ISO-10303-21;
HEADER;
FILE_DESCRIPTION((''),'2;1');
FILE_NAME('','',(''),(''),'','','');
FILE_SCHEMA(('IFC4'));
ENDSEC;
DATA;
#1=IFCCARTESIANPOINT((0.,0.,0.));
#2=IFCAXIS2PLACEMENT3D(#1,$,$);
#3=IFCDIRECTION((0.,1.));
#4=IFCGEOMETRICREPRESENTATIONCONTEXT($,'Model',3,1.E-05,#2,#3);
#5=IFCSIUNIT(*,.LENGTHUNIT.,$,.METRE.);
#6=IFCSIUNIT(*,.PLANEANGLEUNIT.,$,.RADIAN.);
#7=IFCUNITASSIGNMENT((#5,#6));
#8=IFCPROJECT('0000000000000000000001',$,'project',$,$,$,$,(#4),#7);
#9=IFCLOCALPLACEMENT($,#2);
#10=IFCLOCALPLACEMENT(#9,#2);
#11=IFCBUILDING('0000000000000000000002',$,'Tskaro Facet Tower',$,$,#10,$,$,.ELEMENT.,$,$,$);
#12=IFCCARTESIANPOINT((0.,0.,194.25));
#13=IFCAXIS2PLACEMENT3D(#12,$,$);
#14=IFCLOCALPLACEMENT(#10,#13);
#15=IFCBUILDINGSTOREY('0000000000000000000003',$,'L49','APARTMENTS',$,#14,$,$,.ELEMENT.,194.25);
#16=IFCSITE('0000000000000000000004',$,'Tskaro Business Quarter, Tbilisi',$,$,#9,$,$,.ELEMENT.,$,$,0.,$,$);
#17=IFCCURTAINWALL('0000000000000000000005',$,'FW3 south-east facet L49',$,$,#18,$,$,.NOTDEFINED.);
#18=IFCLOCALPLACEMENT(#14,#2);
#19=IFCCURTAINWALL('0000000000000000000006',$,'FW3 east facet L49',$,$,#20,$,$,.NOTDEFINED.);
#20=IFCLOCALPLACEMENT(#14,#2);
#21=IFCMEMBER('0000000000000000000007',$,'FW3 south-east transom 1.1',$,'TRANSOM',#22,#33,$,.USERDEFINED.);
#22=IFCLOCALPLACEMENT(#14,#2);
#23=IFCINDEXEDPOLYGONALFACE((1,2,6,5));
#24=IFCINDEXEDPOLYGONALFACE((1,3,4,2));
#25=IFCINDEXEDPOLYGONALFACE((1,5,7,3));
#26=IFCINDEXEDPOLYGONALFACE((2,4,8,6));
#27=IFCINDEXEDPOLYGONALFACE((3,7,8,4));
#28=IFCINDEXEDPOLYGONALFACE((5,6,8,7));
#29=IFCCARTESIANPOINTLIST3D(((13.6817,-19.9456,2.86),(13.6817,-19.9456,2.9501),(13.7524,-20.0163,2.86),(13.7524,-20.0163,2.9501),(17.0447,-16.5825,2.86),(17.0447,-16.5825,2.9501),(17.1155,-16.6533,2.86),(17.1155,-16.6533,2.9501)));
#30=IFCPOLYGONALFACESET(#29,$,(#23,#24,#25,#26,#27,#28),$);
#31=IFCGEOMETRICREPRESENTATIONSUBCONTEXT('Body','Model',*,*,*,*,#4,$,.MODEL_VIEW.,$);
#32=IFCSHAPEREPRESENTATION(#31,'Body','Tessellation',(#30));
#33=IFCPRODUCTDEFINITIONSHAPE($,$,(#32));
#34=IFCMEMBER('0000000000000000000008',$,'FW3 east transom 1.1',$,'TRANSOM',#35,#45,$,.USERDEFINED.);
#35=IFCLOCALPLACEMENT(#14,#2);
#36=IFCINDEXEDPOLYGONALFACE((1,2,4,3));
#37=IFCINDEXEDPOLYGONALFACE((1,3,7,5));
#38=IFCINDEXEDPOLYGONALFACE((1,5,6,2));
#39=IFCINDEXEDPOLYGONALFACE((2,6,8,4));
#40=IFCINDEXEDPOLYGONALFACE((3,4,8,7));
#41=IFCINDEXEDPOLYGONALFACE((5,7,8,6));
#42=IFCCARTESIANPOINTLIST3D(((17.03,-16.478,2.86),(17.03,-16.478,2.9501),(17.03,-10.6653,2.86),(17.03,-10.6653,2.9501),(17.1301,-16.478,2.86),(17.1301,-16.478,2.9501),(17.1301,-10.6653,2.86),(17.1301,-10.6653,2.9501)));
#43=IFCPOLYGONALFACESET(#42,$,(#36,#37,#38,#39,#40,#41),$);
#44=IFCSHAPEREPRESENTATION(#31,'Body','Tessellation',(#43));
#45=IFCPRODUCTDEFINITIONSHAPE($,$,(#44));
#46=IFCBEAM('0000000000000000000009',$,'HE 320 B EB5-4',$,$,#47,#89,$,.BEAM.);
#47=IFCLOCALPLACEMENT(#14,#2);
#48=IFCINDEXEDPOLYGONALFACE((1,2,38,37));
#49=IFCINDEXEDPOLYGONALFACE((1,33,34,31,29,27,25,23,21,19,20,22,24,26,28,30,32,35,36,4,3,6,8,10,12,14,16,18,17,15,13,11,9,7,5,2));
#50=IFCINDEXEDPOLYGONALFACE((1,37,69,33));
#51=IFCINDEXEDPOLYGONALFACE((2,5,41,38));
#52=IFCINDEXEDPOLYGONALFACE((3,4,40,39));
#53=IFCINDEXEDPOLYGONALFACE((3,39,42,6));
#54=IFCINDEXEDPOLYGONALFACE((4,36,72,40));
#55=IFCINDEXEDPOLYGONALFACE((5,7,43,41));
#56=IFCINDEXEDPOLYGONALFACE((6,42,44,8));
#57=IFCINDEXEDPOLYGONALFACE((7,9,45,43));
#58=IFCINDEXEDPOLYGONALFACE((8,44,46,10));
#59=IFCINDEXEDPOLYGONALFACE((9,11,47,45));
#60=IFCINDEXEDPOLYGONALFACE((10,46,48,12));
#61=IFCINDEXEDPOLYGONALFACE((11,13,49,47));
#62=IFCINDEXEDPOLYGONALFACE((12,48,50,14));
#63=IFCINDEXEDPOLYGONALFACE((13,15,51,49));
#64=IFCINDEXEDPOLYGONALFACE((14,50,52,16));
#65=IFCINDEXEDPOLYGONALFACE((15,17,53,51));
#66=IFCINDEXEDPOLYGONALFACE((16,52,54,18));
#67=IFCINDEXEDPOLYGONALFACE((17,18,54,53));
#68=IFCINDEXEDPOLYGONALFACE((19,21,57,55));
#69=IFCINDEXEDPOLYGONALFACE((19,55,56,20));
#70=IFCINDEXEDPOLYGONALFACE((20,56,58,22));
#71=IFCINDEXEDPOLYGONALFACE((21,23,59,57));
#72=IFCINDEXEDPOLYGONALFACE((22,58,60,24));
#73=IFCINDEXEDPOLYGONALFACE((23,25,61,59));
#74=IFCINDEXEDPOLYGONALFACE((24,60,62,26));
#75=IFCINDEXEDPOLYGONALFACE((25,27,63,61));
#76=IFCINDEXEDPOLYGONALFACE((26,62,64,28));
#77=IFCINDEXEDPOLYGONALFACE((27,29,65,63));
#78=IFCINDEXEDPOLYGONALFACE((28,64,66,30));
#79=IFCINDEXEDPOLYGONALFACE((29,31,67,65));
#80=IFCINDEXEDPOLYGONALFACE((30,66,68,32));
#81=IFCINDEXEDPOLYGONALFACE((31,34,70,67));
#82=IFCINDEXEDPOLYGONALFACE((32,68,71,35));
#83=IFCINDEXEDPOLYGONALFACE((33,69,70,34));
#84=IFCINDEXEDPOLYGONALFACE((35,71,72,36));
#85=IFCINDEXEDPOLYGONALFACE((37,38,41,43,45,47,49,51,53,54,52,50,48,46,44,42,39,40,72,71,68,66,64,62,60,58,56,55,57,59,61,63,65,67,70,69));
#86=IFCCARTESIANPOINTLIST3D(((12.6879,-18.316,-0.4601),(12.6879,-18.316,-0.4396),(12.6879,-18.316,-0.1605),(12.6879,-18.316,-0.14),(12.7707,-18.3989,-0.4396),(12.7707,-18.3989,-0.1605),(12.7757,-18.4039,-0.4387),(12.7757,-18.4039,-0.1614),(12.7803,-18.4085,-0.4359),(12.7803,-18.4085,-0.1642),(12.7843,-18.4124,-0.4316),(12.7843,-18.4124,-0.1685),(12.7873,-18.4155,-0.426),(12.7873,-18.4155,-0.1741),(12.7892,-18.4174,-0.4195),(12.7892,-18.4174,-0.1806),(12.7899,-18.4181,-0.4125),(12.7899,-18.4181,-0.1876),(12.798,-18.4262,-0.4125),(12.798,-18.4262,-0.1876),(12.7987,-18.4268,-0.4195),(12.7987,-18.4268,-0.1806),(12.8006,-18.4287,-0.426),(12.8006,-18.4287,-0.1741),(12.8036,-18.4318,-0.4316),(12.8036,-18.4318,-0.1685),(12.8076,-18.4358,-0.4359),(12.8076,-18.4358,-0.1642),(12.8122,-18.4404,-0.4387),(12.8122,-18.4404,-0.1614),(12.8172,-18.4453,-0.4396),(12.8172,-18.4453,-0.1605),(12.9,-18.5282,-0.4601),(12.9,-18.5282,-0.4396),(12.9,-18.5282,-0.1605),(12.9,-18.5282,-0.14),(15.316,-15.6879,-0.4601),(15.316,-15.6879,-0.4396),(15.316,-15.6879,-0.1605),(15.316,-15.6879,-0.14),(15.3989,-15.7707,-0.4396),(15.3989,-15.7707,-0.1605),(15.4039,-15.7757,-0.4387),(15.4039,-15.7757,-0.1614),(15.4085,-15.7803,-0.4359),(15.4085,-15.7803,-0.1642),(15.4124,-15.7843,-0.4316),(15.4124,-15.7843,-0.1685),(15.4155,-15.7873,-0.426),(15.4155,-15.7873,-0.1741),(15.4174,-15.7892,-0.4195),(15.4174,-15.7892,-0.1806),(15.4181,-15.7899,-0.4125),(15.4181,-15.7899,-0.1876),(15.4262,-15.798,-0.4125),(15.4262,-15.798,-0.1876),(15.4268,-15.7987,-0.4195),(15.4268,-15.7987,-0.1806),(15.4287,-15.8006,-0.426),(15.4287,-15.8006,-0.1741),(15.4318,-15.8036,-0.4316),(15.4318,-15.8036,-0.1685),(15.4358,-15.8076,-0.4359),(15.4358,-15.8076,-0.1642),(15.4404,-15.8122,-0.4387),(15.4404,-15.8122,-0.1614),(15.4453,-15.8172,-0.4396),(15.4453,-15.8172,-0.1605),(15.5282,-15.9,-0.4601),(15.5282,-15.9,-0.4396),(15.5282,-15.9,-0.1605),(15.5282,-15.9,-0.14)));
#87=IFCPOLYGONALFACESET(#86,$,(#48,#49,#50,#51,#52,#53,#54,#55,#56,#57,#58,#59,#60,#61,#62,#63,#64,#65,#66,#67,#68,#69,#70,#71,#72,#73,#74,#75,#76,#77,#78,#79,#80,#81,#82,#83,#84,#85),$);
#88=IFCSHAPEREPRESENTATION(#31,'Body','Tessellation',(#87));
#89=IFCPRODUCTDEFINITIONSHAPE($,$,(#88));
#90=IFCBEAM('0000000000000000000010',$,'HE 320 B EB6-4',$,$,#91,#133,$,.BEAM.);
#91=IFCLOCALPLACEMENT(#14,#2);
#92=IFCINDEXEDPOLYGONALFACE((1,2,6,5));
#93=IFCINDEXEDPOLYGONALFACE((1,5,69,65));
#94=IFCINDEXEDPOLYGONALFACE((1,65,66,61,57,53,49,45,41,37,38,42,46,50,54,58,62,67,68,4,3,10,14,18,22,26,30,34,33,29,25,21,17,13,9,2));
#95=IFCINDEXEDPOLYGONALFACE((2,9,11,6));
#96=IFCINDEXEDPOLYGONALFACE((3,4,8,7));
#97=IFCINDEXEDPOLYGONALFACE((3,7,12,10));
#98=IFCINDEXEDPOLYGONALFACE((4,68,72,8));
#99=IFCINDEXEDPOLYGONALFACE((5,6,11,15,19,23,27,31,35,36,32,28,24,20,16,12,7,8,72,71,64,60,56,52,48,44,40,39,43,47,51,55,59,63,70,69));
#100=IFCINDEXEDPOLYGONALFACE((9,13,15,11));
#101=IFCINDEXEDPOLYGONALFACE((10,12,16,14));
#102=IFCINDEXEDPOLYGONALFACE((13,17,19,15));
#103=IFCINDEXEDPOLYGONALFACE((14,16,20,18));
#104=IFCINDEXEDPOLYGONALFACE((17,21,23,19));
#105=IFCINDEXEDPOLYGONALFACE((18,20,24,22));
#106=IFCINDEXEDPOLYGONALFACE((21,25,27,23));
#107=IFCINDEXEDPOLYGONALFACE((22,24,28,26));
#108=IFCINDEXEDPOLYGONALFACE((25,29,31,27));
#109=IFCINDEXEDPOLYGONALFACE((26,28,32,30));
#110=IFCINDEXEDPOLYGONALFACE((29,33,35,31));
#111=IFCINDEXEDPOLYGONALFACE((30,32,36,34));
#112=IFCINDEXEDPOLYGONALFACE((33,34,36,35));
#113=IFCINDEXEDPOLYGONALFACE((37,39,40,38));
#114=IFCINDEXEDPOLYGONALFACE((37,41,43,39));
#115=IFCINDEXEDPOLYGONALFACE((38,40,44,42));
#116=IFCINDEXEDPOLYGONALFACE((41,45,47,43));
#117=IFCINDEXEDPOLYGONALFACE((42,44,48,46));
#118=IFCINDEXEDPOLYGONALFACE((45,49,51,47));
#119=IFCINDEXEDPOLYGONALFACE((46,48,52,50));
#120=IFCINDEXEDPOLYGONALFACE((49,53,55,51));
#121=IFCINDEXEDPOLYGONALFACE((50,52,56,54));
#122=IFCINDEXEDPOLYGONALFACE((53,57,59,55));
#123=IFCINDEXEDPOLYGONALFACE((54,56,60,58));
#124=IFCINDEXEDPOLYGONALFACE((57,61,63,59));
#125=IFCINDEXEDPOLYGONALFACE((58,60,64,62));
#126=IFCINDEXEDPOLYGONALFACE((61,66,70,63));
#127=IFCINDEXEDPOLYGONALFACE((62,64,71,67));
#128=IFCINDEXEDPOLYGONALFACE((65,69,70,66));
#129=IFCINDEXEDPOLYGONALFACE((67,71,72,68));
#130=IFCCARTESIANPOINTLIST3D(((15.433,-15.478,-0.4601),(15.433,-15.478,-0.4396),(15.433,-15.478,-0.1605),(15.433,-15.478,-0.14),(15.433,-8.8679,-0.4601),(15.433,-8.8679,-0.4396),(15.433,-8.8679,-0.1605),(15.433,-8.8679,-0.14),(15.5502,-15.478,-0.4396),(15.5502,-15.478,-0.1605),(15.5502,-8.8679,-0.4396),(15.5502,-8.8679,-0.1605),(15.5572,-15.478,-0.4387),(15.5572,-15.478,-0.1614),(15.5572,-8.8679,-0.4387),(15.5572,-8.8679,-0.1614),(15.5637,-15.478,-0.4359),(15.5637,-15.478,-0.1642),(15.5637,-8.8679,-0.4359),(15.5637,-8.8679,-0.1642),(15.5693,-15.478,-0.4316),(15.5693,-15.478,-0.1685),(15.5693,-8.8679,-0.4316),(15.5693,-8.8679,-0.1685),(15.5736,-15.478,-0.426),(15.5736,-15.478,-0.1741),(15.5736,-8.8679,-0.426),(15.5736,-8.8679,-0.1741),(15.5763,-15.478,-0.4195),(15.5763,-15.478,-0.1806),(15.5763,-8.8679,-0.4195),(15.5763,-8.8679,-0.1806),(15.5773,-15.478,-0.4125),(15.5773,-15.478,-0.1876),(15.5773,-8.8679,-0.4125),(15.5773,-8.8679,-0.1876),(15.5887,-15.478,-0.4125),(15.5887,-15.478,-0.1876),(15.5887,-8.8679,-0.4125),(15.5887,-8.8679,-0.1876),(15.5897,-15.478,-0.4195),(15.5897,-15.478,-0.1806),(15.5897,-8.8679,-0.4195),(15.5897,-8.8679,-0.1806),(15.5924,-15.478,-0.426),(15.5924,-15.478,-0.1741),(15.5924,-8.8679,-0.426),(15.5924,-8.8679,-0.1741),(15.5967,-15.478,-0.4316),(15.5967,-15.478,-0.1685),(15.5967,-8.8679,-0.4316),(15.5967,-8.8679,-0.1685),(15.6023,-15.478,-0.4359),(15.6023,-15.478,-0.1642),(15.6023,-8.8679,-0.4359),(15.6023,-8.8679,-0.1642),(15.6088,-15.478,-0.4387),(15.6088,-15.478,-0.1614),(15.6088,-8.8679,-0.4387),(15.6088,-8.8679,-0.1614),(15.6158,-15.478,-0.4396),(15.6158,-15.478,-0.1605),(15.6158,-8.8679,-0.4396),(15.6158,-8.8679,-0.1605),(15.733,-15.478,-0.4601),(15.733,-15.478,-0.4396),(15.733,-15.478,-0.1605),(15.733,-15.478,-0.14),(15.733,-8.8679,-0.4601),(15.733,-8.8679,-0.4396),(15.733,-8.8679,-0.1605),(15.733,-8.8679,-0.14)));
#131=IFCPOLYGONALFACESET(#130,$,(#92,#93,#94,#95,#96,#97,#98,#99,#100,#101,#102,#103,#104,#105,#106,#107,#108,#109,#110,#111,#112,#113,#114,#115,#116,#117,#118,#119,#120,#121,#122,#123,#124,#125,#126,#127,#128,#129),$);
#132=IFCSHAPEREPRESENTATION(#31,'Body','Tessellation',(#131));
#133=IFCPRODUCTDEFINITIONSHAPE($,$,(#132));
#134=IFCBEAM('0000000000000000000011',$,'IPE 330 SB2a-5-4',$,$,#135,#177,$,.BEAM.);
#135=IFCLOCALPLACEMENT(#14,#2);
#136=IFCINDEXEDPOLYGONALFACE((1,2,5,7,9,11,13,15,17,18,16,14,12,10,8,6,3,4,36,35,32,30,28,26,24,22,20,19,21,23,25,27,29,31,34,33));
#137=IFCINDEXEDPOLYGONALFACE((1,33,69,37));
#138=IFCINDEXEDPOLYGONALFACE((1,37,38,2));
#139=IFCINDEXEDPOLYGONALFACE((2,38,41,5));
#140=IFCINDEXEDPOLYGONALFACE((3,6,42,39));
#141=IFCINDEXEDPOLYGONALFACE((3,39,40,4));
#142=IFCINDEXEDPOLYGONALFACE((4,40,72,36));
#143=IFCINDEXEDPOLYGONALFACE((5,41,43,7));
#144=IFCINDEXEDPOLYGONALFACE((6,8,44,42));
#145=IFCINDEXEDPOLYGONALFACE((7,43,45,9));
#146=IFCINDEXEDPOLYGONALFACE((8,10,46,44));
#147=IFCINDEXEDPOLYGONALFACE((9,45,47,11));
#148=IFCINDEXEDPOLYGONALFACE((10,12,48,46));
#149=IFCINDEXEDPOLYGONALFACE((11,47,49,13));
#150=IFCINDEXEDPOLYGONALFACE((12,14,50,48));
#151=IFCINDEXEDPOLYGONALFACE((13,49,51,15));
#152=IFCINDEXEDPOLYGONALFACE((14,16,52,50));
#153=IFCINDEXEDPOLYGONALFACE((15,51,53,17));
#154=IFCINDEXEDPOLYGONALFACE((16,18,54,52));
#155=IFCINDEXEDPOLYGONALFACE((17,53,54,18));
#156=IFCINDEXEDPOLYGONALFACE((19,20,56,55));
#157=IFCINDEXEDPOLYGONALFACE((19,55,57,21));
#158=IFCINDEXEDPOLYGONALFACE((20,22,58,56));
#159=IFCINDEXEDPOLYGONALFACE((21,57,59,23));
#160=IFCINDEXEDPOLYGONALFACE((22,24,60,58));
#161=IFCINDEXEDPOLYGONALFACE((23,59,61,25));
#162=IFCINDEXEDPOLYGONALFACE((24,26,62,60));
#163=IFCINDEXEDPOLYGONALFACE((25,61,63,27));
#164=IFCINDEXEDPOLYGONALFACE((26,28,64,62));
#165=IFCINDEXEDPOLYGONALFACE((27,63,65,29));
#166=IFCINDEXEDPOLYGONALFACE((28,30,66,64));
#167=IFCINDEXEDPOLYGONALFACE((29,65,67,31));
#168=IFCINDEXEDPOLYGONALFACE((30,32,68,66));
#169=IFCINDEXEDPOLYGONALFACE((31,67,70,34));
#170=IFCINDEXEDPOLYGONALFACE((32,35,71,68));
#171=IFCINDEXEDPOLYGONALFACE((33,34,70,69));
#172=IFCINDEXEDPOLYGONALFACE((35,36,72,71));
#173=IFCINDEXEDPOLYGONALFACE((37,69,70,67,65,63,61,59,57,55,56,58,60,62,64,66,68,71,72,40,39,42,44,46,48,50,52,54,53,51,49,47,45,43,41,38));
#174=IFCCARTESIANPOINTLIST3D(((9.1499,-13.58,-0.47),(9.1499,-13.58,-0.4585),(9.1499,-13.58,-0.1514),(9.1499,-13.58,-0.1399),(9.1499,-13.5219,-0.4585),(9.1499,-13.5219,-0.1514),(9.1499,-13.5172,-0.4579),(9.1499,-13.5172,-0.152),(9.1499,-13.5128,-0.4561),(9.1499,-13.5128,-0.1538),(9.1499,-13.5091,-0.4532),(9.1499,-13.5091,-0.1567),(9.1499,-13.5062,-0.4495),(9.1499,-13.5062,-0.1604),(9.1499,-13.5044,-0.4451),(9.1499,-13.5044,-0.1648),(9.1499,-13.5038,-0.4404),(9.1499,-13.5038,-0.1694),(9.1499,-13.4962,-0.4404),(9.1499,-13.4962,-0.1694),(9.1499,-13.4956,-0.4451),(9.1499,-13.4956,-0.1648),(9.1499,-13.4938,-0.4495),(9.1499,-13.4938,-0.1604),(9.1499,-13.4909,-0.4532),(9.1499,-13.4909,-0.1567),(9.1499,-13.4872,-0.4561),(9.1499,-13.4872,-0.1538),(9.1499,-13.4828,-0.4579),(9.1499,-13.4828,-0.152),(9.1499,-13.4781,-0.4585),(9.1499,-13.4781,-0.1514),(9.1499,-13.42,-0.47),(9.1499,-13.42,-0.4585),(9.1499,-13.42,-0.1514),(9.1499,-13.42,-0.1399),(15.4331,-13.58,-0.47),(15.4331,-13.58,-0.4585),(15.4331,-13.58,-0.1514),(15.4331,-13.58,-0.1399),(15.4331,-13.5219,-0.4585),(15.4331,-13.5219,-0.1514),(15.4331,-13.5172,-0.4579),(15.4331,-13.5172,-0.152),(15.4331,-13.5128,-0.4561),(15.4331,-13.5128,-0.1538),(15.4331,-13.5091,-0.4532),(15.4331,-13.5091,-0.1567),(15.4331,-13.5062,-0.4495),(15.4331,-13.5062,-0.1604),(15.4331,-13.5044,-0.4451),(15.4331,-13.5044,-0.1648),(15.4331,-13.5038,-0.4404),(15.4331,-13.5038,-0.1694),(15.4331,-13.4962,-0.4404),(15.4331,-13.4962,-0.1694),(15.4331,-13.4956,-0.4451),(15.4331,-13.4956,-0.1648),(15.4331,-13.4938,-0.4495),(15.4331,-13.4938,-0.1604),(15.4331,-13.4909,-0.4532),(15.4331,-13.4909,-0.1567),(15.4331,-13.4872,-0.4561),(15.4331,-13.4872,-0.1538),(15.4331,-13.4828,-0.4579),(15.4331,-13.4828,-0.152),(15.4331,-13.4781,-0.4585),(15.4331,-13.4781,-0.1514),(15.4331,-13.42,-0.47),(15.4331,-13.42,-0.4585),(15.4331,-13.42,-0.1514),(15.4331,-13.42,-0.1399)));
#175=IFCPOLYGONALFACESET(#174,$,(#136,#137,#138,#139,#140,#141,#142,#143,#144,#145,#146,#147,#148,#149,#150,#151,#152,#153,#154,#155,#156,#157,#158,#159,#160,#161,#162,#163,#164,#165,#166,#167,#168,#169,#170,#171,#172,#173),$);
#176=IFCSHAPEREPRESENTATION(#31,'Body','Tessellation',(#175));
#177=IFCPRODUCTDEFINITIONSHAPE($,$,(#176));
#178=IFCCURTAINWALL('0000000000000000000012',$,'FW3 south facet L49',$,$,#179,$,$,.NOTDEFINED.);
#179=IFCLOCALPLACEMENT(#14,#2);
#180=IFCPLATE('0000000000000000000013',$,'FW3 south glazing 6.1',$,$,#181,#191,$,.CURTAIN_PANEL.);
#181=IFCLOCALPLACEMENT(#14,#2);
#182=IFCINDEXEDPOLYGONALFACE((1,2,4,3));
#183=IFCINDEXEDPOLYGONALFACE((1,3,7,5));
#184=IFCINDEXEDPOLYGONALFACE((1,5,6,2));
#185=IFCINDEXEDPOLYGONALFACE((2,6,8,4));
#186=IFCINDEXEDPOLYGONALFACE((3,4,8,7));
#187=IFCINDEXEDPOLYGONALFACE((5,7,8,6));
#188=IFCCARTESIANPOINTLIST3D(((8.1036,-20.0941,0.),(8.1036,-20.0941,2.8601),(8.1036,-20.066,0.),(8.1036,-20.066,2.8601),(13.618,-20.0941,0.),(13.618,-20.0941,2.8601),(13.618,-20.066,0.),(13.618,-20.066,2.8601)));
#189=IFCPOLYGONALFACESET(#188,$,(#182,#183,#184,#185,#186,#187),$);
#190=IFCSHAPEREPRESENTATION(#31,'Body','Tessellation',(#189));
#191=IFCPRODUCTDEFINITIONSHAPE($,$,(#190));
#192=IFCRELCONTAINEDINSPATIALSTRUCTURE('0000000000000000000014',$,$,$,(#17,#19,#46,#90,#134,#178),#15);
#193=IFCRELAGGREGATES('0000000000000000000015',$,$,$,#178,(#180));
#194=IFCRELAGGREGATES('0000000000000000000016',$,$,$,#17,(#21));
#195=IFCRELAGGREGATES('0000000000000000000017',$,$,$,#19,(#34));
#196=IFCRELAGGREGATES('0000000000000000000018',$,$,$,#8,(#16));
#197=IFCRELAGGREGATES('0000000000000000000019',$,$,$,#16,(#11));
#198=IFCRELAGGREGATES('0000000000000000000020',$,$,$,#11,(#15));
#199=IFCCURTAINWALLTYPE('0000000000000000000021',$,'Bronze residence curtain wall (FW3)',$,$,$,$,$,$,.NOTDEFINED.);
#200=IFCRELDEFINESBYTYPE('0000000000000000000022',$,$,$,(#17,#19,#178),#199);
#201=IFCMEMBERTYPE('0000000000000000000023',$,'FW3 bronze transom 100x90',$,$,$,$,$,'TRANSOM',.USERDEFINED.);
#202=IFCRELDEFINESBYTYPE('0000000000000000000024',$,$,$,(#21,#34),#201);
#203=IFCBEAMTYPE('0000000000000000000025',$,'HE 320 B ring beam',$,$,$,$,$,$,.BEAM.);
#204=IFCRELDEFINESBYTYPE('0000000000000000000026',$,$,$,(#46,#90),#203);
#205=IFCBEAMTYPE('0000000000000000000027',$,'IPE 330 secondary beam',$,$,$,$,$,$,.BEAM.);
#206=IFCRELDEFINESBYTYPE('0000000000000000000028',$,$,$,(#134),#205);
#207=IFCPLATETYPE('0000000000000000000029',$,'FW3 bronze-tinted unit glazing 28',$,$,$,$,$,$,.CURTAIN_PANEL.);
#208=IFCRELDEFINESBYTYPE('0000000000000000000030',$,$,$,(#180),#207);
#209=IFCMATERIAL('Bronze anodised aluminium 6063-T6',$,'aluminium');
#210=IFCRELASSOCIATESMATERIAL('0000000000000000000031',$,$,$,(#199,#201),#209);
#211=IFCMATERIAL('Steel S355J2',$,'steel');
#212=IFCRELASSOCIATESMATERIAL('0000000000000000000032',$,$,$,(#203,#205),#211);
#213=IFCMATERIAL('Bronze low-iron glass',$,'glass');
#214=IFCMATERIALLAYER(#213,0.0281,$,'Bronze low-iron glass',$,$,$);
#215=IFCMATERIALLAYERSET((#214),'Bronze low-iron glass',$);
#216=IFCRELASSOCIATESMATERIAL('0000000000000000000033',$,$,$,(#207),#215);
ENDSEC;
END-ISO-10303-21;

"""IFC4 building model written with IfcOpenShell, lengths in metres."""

from ifc_helpers import new_model, si_unit, direction, frame, origin, origin_2d, place, context, subcontext, project, spatial, rectangle, i_section, extrude, material, layer, layer_set, material_profile, profile_set, type_object, element, aggregate, save


model = new_model("IFC4")

# Units and contexts
model_context = context("Model", 3, precision=1e-05, world=origin(), true_north=direction((0.0, 1.0)))
body_context = subcontext(model_context, "Body", "Model", "MODEL_VIEW")
ifc_project = project(units=[si_unit("LENGTHUNIT", "METRE"), si_unit("PLANEANGLEUNIT", "RADIAN")], contexts=[model_context])

# Site, building, storey
site_placement = place(None, origin())
site = spatial("IfcSite", under=ifc_project, at=site_placement, Name="Tskaro Business Quarter, Tbilisi", CompositionType="ELEMENT", RefElevation=0.0)
building_placement = place(site_placement, origin())
building = spatial("IfcBuilding", under=site, at=building_placement, Name="Tskaro Facet Tower", CompositionType="ELEMENT")
storey_placement = place(building_placement, frame((0.0, 0.0, 194.25)))
storey = spatial("IfcBuildingStorey", under=building, at=storey_placement, Name="L49", Description="APARTMENTS", CompositionType="ELEMENT", Elevation=194.25)

# Curtain walls
ifc_material_1 = material(Name="Bronze anodised aluminium 6063-T6", Category="aluminium")
curtain_wall_type = type_object("IfcCurtainWallType", Name="Bronze residence curtain wall (FW3)", PredefinedType="NOTDEFINED", material=ifc_material_1)
curtain_wall_1_placement = place(storey_placement, origin())
curtain_wall_1 = element("IfcCurtainWall", 1, at=curtain_wall_1_placement, inside=storey, type_object=curtain_wall_type, Name="FW3 south-east facet L49", PredefinedType="NOTDEFINED")
curtain_wall_2_placement = place(storey_placement, origin())
curtain_wall_2 = element("IfcCurtainWall", 2, at=curtain_wall_2_placement, inside=storey, type_object=curtain_wall_type, Name="FW3 east facet L49", PredefinedType="NOTDEFINED")

# Members
ifc_material_profile_1 = material_profile(ifc_material_1, rectangle(XDim=0.1001, YDim=0.0901, at=origin_2d()), Name="Transom 100x90")
ifc_profile_set_1 = profile_set([ifc_material_profile_1], Name="Bronze anodised aluminium 6063-T6")
member_type_1 = type_object("IfcMemberType", Name="FW3 bronze transom 100x90", ElementType="TRANSOM", PredefinedType="USERDEFINED", material=ifc_profile_set_1)
member_1_placement = place(storey_placement, frame((13.717, -19.981, 2.905), z_axis=(0.707107, 0.707107, 0.0), x_axis=(-0.707107, 0.707107, 0.0)))
member_1 = element("IfcMember", 3, at=member_1_placement, type_object=member_type_1, Name="FW3 south-east transom 1.1", ObjectType="TRANSOM", PredefinedType="USERDEFINED", context=body_context, shape_type="SweptSolid", body=[
    extrude(rectangle(XDim=0.1001, YDim=0.0901, at=origin_2d()), origin(), (0.0, 0.0, 1.0), 4.7561),
])
member_2_placement = place(storey_placement, frame((17.0801, -16.478, 2.905), z_axis=(0.0, 1.0, 0.0), x_axis=(-1.0, 0.0, 0.0)))
member_2 = element("IfcMember", 4, at=member_2_placement, type_object=member_type_1, Name="FW3 east transom 1.1", ObjectType="TRANSOM", PredefinedType="USERDEFINED", context=body_context, shape_type="SweptSolid", body=[
    extrude(rectangle(XDim=0.1001, YDim=0.0901, at=origin_2d()), origin(), (0.0, 0.0, 1.0), 5.8127),
])

# Beams
ifc_material_2 = material(Name="Steel S355J2", Category="steel")
ifc_material_profile_2 = material_profile(ifc_material_2, i_section(OverallWidth=0.3, OverallDepth=0.3201, WebThickness=0.0115, FlangeThickness=0.0205, FilletRadius=0.0271, at=origin_2d()), Name="HE 320 B")
ifc_profile_set_2 = profile_set([ifc_material_profile_2], Name="Steel S355J2")
beam_type_1 = type_object("IfcBeamType", Name="HE 320 B ring beam", PredefinedType="BEAM", material=ifc_profile_set_2)
beam_1_placement = place(storey_placement, frame((12.7939, -18.4221, -0.3), z_axis=(0.707107, 0.707107, 0.0), x_axis=(-0.707107, 0.707107, 0.0)))
element("IfcBeam", 5, at=beam_1_placement, inside=storey, type_object=beam_type_1, Name="HE 320 B EB5-4", PredefinedType="BEAM", context=body_context, shape_type="SweptSolid", body=[
    extrude(i_section(OverallWidth=0.3, OverallDepth=0.3201, WebThickness=0.0115, FlangeThickness=0.0205, FilletRadius=0.0271, at=origin_2d()), origin(), (0.0, 0.0, 1.0), 3.7168),
])
beam_2_placement = place(storey_placement, frame((15.583, -15.478, -0.3), z_axis=(0.0, 1.0, 0.0), x_axis=(-1.0, 0.0, 0.0)))
element("IfcBeam", 6, at=beam_2_placement, inside=storey, type_object=beam_type_1, Name="HE 320 B EB6-4", PredefinedType="BEAM", context=body_context, shape_type="SweptSolid", body=[
    extrude(i_section(OverallWidth=0.3, OverallDepth=0.3201, WebThickness=0.0115, FlangeThickness=0.0205, FilletRadius=0.0271, at=origin_2d()), origin(), (0.0, 0.0, 1.0), 6.6101),
])
ifc_material_profile_3 = material_profile(ifc_material_2, i_section(OverallWidth=0.1599, OverallDepth=0.3301, WebThickness=0.0076, FlangeThickness=0.0115, FilletRadius=0.0181, at=origin_2d()), Name="IPE 330")
ifc_profile_set_3 = profile_set([ifc_material_profile_3], Name="Steel S355J2")
beam_type_2 = type_object("IfcBeamType", Name="IPE 330 secondary beam", PredefinedType="BEAM", material=ifc_profile_set_3)
beam_3_placement = place(storey_placement, frame((9.1499, -13.5, -0.3049), z_axis=(1.0, 0.0, 0.0), x_axis=(0.0, 1.0, 0.0)))
element("IfcBeam", 7, at=beam_3_placement, inside=storey, type_object=beam_type_2, Name="IPE 330 SB2a-5-4", PredefinedType="BEAM", context=body_context, shape_type="SweptSolid", body=[
    extrude(i_section(OverallWidth=0.1599, OverallDepth=0.3301, WebThickness=0.0076, FlangeThickness=0.0115, FilletRadius=0.0181, at=origin_2d()), origin(), (0.0, 0.0, 1.0), 6.2832),
])

# Curtain wall, plate
curtain_wall_3_placement = place(storey_placement, origin())
curtain_wall_3 = element("IfcCurtainWall", 8, at=curtain_wall_3_placement, inside=storey, type_object=curtain_wall_type, Name="FW3 south facet L49", PredefinedType="NOTDEFINED")
ifc_material_3 = material(Name="Bronze low-iron glass", Category="glass")
ifc_layer_1 = layer(ifc_material_3, 0.0281, Name="Bronze low-iron glass")
ifc_layer_set_1 = layer_set([ifc_layer_1], Name="Bronze low-iron glass")
plate_type = type_object("IfcPlateType", Name="FW3 bronze-tinted unit glazing 28", PredefinedType="CURTAIN_PANEL", material=ifc_layer_set_1)
plate_1_placement = place(storey_placement, frame((10.8608, -20.0801, 0.0), z_axis=(0.0, 0.0, 1.0), x_axis=(1.0, 0.0, 0.0)))
plate_1 = element("IfcPlate", 9, at=plate_1_placement, type_object=plate_type, Name="FW3 south glazing 6.1", PredefinedType="CURTAIN_PANEL", context=body_context, shape_type="SweptSolid", body=[
    extrude(rectangle(XDim=5.5144, YDim=0.0281, at=origin_2d()), origin(), (0.0, 0.0, 1.0), 2.8601),
])
aggregate(curtain_wall_3, [plate_1])

aggregate(curtain_wall_1, [member_1])
aggregate(curtain_wall_2, [member_2])

save(model, "model.ifc")
